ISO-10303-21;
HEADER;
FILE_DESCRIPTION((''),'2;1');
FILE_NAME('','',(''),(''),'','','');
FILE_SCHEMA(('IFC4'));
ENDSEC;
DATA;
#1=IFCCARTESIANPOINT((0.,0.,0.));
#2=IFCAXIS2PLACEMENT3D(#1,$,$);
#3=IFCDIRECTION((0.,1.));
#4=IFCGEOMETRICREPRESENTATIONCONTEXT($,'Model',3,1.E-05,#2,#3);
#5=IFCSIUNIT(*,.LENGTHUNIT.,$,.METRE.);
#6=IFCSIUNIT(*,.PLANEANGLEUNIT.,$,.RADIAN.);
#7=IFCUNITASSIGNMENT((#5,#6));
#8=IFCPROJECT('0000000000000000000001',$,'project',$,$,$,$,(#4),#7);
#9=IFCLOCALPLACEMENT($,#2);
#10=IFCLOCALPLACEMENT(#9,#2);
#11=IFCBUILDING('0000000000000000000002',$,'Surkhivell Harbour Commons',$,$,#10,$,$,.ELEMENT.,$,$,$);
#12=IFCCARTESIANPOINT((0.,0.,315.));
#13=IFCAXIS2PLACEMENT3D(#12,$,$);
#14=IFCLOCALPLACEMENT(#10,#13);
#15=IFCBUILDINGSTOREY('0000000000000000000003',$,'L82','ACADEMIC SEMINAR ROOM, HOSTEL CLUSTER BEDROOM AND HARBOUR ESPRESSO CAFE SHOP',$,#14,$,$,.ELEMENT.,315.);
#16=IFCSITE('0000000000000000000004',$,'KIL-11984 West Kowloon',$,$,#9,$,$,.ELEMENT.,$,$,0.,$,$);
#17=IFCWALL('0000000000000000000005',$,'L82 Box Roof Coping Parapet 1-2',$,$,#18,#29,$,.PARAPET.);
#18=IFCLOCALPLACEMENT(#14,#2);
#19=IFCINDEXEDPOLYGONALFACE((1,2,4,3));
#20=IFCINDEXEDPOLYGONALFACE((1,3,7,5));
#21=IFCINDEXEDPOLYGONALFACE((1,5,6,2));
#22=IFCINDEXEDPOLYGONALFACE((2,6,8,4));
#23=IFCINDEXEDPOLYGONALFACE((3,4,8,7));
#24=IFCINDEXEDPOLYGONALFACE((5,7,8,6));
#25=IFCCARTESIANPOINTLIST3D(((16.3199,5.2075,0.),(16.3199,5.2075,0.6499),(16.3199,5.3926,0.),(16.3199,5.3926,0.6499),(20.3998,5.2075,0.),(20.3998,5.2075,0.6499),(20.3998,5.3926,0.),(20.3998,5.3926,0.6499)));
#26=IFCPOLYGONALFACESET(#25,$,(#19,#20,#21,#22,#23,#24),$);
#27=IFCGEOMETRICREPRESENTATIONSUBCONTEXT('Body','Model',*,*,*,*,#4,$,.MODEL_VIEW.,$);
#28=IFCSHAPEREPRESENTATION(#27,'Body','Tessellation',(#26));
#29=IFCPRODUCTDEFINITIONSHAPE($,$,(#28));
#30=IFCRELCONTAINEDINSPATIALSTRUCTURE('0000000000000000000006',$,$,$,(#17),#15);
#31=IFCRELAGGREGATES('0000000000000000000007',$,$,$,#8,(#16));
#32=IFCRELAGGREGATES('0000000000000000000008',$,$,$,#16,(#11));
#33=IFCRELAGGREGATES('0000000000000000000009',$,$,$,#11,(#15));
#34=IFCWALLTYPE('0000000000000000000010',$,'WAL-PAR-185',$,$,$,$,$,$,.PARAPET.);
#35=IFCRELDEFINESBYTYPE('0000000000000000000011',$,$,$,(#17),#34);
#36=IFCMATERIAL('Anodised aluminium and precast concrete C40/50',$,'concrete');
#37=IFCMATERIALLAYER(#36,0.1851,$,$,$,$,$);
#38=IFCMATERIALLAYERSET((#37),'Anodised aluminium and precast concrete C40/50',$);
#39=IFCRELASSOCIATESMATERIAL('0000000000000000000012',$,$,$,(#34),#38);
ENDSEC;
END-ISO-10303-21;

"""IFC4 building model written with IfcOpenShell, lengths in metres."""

from ifc_helpers import new_model, si_unit, direction, frame, frame_2d, origin, place, context, subcontext, project, spatial, rectangle, extrude, material, layer, layer_set, type_object, element, save


model = new_model("IFC4")

# Units and contexts
model_context = context("Model", 3, precision=1e-05, world=origin(), true_north=direction((0.0, 1.0)))
body_context = subcontext(model_context, "Body", "Model", "MODEL_VIEW")
ifc_project = project(units=[si_unit("LENGTHUNIT", "METRE"), si_unit("PLANEANGLEUNIT", "RADIAN")], contexts=[model_context])

# Site, building, storey
site_placement = place(None, origin())
site = spatial("IfcSite", under=ifc_project, at=site_placement, Name="KIL-11984 West Kowloon", CompositionType="ELEMENT", RefElevation=0.0)
building_placement = place(site_placement, origin())
building = spatial("IfcBuilding", under=site, at=building_placement, Name="Surkhivell Harbour Commons", CompositionType="ELEMENT")
storey_placement = place(building_placement, frame((0.0, 0.0, 315.0)))
storey = spatial("IfcBuildingStorey", under=building, at=storey_placement, Name="L82", Description="ACADEMIC SEMINAR ROOM, HOSTEL CLUSTER BEDROOM AND HARBOUR ESPRESSO CAFE SHOP", CompositionType="ELEMENT", Elevation=315.0)

# Wall
ifc_material_1 = material(Name="Anodised aluminium and precast concrete C40/50", Category="concrete")
ifc_layer_1 = layer(ifc_material_1, 0.1851)
ifc_layer_set_1 = layer_set([ifc_layer_1], Name="Anodised aluminium and precast concrete C40/50")
wall_type_1 = type_object("IfcWallType", Name="WAL-PAR-185", PredefinedType="PARAPET", material=ifc_layer_set_1)
wall_1_placement = place(storey_placement, frame((20.3999, 5.3, 0.0), z_axis=(0.0, 0.0, 1.0), x_axis=(-1.0, 0.0, 0.0)))
element("IfcWall", 1, at=wall_1_placement, inside=storey, type_object=wall_type_1, Name="L82 Box Roof Coping Parapet 1-2", PredefinedType="PARAPET", context=body_context, shape_type="SweptSolid", body=[
    extrude(rectangle(XDim=4.0798, YDim=0.1851, at=frame_2d((2.04, 0.0))), origin(), (0.0, 0.0, 1.0), 0.6499),
])

save(model, "model.ifc")
